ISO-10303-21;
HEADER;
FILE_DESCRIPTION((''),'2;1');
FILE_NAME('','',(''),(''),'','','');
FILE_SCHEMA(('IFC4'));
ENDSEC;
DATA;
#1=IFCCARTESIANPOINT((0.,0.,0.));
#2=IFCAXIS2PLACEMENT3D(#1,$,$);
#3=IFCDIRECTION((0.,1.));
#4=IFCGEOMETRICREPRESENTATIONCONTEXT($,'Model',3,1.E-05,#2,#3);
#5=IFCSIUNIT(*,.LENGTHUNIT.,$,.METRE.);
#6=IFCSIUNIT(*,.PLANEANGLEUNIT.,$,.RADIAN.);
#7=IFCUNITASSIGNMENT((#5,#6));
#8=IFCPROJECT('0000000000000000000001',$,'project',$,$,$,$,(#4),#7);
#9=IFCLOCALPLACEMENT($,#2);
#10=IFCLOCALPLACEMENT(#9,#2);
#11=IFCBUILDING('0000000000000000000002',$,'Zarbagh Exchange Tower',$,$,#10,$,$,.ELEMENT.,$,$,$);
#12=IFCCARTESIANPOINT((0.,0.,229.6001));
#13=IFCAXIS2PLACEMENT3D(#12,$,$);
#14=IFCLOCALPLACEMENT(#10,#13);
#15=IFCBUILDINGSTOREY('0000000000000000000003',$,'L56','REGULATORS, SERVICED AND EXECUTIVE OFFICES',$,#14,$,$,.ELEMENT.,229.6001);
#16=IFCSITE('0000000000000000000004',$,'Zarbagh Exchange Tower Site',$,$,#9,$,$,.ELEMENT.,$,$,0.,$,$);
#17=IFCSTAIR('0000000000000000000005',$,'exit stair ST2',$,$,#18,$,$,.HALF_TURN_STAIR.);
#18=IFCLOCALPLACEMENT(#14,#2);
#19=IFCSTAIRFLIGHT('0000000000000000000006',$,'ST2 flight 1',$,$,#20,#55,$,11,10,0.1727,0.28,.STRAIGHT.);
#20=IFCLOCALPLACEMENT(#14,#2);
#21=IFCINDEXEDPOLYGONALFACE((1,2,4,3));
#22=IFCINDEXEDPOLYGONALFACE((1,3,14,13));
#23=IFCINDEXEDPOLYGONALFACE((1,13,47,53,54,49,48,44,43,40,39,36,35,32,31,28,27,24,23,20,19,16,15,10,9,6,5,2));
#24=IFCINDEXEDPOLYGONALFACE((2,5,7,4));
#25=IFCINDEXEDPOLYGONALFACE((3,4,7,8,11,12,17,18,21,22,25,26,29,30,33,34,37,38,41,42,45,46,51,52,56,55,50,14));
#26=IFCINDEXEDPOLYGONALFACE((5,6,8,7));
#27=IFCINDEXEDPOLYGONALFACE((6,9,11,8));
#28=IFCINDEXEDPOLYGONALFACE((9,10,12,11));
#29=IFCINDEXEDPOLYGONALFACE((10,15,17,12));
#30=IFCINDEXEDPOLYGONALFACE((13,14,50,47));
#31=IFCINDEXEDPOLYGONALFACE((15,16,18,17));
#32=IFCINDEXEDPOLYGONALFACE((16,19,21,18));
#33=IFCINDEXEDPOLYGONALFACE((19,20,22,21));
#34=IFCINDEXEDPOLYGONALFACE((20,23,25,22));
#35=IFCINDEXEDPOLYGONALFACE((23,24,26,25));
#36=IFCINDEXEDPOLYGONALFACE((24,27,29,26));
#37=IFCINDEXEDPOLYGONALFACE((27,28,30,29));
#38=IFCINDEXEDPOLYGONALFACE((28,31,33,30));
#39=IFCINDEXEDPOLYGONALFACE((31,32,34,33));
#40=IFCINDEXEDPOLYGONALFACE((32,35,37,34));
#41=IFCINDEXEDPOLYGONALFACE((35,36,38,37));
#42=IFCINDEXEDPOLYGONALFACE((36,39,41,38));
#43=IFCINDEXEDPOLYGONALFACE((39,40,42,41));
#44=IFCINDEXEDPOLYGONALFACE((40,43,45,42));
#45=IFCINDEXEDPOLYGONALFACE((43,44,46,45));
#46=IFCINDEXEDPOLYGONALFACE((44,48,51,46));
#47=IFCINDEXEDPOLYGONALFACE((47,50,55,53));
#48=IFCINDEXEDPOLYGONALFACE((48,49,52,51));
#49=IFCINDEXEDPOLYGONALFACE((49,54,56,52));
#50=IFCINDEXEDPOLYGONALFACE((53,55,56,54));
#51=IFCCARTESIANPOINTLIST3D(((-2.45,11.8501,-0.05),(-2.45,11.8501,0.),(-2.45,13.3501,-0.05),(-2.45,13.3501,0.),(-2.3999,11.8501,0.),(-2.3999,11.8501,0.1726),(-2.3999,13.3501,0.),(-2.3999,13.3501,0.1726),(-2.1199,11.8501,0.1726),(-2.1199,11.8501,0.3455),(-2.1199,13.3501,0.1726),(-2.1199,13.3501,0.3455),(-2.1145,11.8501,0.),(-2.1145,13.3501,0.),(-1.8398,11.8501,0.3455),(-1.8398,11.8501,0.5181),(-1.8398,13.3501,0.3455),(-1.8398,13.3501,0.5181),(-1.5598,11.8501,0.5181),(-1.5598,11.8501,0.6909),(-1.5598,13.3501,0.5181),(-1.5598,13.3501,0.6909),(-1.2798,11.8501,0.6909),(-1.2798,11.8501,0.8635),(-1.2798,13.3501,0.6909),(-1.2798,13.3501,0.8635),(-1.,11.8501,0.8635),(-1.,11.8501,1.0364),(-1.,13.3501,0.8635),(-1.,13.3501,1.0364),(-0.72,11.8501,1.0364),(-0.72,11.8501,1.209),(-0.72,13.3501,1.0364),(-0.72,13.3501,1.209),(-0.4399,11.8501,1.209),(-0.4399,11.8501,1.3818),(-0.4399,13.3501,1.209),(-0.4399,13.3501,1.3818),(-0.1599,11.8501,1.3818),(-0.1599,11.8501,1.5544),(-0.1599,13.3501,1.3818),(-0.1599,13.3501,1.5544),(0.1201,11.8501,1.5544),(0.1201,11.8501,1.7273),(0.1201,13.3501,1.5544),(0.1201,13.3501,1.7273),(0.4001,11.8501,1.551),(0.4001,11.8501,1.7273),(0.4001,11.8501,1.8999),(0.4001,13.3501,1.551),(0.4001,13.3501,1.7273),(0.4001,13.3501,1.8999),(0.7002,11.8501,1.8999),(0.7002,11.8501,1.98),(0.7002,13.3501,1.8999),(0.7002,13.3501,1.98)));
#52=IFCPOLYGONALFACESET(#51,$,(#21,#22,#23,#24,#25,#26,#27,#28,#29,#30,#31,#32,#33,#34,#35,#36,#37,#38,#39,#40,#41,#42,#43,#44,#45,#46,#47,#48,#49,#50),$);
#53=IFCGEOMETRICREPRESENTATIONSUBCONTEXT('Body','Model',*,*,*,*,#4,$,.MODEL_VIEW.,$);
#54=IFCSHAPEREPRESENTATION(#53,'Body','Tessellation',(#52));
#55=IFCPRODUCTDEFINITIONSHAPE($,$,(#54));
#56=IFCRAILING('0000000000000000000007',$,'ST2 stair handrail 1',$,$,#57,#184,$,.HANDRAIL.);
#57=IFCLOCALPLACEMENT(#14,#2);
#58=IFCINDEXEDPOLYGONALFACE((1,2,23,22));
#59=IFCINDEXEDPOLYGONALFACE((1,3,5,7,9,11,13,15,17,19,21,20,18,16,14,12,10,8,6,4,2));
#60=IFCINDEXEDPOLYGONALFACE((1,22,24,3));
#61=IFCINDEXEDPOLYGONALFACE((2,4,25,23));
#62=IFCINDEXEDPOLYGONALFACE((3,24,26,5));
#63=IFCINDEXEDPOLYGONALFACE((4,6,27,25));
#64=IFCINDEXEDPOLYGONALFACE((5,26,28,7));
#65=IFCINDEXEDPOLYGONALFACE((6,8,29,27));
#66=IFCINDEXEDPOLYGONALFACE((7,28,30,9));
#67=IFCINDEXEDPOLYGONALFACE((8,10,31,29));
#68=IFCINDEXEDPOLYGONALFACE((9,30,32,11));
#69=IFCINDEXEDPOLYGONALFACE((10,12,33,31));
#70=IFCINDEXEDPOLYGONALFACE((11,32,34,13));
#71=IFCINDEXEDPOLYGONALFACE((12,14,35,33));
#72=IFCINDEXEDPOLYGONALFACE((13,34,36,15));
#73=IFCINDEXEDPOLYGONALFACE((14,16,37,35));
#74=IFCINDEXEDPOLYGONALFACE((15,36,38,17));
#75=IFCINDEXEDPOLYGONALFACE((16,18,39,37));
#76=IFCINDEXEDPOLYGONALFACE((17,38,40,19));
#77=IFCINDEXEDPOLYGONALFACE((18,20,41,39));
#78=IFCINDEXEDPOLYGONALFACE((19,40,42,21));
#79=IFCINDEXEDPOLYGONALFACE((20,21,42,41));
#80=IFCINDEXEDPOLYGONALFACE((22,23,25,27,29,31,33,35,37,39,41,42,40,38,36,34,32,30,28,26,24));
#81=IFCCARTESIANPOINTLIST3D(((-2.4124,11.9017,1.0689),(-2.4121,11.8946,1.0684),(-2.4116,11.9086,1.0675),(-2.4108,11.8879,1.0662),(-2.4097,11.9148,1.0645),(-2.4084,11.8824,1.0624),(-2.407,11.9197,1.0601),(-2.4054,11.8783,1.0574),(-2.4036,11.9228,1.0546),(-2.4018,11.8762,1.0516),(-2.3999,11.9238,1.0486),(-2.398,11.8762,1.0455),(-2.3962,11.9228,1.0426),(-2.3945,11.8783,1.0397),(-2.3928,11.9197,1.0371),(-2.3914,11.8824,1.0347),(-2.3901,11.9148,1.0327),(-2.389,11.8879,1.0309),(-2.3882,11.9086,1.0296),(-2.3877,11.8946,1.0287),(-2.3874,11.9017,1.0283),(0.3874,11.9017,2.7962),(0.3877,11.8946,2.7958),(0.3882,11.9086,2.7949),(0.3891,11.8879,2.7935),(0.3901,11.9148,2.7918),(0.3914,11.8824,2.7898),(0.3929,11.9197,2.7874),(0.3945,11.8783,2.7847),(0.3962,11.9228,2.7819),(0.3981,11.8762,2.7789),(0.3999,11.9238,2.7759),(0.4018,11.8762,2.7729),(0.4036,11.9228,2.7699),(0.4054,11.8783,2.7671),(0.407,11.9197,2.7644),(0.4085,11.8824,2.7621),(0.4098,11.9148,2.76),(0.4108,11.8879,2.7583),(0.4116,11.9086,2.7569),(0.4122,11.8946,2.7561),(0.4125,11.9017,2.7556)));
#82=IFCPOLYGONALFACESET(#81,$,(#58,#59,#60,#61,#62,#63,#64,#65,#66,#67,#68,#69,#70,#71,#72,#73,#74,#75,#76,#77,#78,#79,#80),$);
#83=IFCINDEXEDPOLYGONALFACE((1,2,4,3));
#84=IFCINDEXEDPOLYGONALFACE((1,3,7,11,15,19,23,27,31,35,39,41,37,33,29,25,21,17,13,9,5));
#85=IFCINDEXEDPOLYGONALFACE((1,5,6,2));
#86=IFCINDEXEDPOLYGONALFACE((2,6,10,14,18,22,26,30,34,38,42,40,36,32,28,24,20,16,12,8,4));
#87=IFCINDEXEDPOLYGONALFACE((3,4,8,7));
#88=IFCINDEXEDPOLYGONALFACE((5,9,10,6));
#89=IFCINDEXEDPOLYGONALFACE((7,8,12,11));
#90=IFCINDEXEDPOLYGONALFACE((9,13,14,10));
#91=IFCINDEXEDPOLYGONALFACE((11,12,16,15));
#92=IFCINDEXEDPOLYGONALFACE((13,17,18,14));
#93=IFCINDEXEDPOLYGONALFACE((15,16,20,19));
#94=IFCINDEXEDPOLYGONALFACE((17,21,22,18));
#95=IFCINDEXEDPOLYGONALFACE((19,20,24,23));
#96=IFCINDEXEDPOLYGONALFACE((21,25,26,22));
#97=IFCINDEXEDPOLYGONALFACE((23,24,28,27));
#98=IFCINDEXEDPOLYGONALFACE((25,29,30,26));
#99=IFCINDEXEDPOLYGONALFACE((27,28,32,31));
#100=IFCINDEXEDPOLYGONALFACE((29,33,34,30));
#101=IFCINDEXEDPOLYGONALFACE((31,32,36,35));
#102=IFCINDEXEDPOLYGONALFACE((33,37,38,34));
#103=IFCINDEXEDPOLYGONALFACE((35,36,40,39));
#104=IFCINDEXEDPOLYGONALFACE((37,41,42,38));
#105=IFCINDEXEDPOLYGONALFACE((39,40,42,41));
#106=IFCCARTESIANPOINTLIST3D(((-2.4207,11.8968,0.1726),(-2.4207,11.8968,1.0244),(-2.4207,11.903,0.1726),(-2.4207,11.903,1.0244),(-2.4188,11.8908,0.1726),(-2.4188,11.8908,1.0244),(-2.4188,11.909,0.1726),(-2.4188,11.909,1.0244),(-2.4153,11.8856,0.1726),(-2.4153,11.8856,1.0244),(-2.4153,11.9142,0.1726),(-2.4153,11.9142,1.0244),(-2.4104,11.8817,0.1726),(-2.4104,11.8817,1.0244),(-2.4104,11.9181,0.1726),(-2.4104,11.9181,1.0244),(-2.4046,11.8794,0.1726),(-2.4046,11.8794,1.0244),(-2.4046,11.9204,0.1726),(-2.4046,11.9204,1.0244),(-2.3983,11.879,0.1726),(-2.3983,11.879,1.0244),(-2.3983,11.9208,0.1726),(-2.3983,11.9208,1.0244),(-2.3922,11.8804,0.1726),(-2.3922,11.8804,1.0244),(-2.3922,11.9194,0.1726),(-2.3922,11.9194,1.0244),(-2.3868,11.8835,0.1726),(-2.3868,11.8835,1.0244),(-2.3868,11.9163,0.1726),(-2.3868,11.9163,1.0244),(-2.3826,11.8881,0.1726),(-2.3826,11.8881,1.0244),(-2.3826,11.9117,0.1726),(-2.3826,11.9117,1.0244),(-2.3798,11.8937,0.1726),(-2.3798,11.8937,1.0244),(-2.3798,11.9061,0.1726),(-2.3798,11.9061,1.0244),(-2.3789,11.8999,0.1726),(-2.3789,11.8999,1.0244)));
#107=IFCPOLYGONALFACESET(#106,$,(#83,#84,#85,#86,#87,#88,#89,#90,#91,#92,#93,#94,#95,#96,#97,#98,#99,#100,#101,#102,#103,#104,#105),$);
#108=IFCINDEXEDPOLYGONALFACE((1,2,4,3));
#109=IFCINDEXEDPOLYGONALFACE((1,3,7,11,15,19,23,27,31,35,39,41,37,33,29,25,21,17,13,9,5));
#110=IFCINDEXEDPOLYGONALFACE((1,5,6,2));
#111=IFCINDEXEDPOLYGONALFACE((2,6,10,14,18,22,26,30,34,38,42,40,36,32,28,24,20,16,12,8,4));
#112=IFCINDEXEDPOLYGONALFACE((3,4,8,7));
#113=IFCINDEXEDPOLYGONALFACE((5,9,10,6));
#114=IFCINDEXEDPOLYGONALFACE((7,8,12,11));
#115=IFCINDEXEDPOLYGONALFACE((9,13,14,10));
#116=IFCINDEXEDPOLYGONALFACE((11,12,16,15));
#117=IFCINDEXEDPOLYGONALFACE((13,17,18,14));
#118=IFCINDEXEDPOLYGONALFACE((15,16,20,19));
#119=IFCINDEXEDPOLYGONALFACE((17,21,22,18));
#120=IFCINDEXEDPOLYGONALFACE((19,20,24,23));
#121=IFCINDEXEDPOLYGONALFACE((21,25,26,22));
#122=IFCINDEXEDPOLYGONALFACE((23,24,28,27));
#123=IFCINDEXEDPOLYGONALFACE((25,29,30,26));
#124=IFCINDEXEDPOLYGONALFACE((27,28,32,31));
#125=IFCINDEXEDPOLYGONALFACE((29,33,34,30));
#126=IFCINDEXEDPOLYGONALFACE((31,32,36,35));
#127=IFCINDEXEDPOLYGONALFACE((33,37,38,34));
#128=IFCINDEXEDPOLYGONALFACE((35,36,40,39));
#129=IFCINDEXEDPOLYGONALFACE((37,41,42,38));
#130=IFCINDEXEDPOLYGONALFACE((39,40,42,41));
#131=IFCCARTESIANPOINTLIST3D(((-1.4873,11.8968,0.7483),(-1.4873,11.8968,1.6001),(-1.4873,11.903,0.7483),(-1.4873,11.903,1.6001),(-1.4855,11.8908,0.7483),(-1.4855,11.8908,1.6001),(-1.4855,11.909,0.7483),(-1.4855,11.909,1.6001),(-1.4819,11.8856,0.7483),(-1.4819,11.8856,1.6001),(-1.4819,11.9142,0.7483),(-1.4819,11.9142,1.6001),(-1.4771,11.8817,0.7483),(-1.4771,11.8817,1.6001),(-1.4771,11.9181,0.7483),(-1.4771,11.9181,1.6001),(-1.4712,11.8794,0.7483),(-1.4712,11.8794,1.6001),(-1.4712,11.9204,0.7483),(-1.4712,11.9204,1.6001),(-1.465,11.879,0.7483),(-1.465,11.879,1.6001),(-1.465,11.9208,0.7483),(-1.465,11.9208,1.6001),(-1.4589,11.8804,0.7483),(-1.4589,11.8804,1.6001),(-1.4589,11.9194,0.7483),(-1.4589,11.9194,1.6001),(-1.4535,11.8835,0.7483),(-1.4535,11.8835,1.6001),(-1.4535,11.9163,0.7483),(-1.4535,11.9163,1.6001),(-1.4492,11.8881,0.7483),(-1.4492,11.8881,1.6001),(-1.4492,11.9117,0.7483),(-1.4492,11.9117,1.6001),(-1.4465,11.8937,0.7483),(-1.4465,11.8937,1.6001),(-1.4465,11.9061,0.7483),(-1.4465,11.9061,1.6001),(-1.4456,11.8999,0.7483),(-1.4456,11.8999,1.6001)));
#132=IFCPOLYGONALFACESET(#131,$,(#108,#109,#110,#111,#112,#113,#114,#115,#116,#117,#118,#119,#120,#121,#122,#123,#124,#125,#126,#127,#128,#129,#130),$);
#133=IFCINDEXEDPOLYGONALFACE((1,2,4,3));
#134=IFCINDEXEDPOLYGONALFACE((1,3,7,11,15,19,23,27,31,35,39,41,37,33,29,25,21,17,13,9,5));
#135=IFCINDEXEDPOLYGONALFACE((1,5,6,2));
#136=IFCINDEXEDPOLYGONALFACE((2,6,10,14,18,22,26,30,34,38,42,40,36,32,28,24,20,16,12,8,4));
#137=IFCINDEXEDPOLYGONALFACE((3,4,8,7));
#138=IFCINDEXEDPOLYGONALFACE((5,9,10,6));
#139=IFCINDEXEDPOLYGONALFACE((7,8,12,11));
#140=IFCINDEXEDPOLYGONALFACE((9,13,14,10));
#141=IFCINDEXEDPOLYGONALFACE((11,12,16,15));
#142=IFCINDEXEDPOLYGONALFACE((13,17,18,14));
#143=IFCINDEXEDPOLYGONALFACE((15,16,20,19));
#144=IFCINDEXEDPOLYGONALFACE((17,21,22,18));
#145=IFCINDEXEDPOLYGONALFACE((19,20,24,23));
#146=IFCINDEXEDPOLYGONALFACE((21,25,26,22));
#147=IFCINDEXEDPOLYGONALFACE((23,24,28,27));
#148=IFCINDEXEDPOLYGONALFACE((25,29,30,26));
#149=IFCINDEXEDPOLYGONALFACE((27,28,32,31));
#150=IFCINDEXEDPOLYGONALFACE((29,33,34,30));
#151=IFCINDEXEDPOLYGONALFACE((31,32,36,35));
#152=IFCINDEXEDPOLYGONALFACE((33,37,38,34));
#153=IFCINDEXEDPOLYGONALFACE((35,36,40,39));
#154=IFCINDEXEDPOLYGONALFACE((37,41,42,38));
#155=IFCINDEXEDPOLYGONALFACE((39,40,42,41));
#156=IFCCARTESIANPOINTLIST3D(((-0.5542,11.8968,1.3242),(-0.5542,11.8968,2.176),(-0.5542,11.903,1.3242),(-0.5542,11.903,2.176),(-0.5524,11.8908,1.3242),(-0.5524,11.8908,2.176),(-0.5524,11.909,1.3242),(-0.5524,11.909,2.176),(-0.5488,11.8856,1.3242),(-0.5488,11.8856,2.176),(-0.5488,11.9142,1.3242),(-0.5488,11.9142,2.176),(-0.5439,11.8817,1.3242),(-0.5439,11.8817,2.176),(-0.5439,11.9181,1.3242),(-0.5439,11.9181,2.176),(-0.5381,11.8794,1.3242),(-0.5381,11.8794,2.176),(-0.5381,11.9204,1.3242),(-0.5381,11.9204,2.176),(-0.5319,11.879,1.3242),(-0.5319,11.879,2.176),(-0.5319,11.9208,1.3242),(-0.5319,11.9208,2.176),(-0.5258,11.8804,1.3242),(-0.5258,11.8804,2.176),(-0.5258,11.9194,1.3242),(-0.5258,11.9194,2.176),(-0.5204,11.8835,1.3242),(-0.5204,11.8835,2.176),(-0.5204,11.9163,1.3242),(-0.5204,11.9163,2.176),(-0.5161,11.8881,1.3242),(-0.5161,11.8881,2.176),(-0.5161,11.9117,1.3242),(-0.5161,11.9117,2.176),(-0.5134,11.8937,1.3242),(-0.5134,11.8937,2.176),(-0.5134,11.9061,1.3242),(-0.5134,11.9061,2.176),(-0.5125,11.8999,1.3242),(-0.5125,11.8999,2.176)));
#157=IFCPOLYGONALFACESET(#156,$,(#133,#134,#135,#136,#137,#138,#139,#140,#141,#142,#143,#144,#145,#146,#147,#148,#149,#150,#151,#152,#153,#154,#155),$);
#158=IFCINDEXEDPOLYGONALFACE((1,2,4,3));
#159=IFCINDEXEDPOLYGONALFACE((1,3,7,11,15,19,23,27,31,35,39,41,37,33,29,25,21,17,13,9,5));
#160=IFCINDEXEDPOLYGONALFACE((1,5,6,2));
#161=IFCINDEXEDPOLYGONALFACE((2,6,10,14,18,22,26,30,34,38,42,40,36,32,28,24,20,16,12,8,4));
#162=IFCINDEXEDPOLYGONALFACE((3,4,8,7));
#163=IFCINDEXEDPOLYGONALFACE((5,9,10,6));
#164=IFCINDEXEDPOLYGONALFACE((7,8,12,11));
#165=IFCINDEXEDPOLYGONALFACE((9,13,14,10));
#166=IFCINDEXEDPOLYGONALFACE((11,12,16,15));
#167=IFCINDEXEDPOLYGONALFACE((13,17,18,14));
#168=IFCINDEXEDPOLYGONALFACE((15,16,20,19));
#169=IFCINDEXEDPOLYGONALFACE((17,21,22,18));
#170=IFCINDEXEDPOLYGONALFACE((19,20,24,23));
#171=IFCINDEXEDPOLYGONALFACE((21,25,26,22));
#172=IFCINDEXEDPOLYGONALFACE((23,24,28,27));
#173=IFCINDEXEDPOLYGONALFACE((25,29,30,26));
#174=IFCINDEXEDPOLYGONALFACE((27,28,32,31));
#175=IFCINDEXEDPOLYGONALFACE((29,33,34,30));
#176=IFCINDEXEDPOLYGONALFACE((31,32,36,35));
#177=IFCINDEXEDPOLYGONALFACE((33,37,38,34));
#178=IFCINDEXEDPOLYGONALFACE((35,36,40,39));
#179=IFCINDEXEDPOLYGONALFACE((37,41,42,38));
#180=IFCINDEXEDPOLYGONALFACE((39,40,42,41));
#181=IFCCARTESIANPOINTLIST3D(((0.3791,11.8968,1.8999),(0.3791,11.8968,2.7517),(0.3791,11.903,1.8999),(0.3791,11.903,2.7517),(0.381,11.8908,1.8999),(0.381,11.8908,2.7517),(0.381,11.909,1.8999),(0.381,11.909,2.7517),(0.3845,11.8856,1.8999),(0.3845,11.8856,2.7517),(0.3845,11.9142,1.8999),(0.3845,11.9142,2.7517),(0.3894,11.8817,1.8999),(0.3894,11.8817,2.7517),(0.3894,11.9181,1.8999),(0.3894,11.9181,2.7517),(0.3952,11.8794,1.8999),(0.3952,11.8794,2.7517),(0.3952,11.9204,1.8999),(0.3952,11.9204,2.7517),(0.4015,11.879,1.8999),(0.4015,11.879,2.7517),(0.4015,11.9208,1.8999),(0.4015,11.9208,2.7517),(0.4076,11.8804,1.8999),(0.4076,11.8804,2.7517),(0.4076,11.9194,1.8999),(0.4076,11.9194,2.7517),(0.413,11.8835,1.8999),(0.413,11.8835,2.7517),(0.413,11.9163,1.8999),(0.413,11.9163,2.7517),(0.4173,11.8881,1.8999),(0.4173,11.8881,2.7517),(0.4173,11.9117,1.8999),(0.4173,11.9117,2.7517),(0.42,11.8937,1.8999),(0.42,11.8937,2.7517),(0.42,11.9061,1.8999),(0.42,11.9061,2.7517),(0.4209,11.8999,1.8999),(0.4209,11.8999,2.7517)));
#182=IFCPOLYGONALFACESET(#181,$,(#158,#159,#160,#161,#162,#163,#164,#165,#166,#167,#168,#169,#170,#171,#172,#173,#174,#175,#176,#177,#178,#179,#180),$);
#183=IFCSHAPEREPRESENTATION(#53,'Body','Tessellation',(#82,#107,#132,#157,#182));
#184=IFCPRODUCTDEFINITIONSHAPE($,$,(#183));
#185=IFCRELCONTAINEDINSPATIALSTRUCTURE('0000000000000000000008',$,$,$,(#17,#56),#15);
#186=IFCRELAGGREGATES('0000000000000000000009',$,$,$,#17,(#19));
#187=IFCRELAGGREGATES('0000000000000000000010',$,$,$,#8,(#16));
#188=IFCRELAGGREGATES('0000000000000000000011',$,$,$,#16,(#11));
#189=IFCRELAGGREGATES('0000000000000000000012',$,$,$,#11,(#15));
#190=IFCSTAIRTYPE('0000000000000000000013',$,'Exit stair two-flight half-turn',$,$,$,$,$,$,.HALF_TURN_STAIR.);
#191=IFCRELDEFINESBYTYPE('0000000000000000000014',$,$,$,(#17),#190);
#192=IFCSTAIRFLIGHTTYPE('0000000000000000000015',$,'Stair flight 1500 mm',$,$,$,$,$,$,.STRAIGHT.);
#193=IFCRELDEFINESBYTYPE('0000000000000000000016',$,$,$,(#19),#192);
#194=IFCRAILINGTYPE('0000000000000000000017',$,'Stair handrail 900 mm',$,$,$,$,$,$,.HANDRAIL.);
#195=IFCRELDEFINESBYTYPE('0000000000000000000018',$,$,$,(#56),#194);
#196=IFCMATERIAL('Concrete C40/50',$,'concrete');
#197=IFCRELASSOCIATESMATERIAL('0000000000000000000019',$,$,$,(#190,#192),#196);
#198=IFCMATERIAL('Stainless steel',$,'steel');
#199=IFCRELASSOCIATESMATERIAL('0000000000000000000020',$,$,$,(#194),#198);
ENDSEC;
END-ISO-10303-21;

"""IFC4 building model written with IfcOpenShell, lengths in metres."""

from ifc_helpers import new_model, si_unit, direction, frame, origin, origin_2d, place, context, subcontext, project, spatial, polyline, circle, outline, extrude, material, type_object, element, aggregate, save


model = new_model("IFC4")

# Units and contexts
model_context = context("Model", 3, precision=1e-05, world=origin(), true_north=direction((0.0, 1.0)))
body_context = subcontext(model_context, "Body", "Model", "MODEL_VIEW")
ifc_project = project(units=[si_unit("LENGTHUNIT", "METRE"), si_unit("PLANEANGLEUNIT", "RADIAN")], contexts=[model_context])

# Site, building, storey
site_placement = place(None, origin())
site = spatial("IfcSite", under=ifc_project, at=site_placement, Name="Zarbagh Exchange Tower Site", CompositionType="ELEMENT", RefElevation=0.0)
building_placement = place(site_placement, origin())
building = spatial("IfcBuilding", under=site, at=building_placement, Name="Zarbagh Exchange Tower", CompositionType="ELEMENT")
storey_placement = place(building_placement, frame((0.0, 0.0, 229.6001)))
storey = spatial("IfcBuildingStorey", under=building, at=storey_placement, Name="L56", Description="REGULATORS, SERVICED AND EXECUTIVE OFFICES", CompositionType="ELEMENT", Elevation=229.6001)

# Shared definitions
ifc_material_1 = material(Name="Concrete C40/50", Category="concrete")

# Stair, stair flight
stair_type = type_object("IfcStairType", Name="Exit stair two-flight half-turn", PredefinedType="HALF_TURN_STAIR", material=ifc_material_1)
stair_placement = place(storey_placement, origin())
stair = element("IfcStair", 1, at=stair_placement, inside=storey, type_object=stair_type, Name="exit stair ST2", PredefinedType="HALF_TURN_STAIR")
stair_flight_type = type_object("IfcStairFlightType", Name="Stair flight 1500 mm", PredefinedType="STRAIGHT", material=ifc_material_1)
stair_flight_placement = place(storey_placement, frame((-2.3999, 12.6001, 0.0), z_axis=(0.0, 0.0, 1.0), x_axis=(1.0, 0.0, 0.0)))
stair_flight = element("IfcStairFlight", 2, at=stair_flight_placement, type_object=stair_flight_type, Name="ST2 flight 1", NumberOfRisers=11, NumberOfTreads=10, PredefinedType="STRAIGHT", RiserHeight=0.1727, TreadLength=0.28, context=body_context, shape_type="SweptSolid", body=[
    extrude(outline(polyline([(-0.05, -0.05), (-0.05, 0.0), (0.0, 0.0), (0.0, 0.1726), (0.28, 0.1726), (0.28, 0.3455), (0.5601, 0.3455), (0.5601, 0.5181), (0.8401, 0.5181), (0.8401, 0.6909), (1.1201, 0.6909), (1.1201, 0.8635), (1.3999, 0.8635), (1.3999, 1.0364), (1.6799, 1.0364), (1.6799, 1.209), (1.96, 1.209), (1.96, 1.3818), (2.24, 1.3818), (2.24, 1.5544), (2.52, 1.5544), (2.52, 1.7273), (2.8, 1.7273), (2.8, 1.8999), (3.1001, 1.98), (3.1001, 1.8999), (2.8, 1.551), (0.2854, 0.0), (-0.05, -0.05)])), frame((0.0, 0.75, 0.0), z_axis=(0.0, -1.0, 0.0), x_axis=(1.0, 0.0, 0.0)), (0.0, 0.0, 1.0), 1.5),
])
aggregate(stair, [stair_flight])

# Railing
ifc_material_2 = material(Name="Stainless steel", Category="steel")
railing_type_1 = type_object("IfcRailingType", Name="Stair handrail 900 mm", PredefinedType="HANDRAIL", material=ifc_material_2)
railing_1_placement = place(storey_placement, frame((-2.3999, 11.8999, 0.1726)))
element("IfcRailing", 3, at=railing_1_placement, inside=storey, type_object=railing_type_1, Name="ST2 stair handrail 1", PredefinedType="HANDRAIL", context=body_context, shape_type="SweptSolid", body=[
    extrude(circle(Radius=0.0239, at=origin_2d()), frame((0.0, 0.0, 0.876), z_axis=(0.851069, 0.0, 0.525054), x_axis=(0.0, 1.0, 0.0)), (0.0, 0.0, 1.0), 3.2898),
    extrude(circle(Radius=0.021, at=origin_2d()), origin(), (0.0, 0.0, 1.0), 0.8518),
    extrude(circle(Radius=0.021, at=origin_2d()), frame((0.9333, 0.0, 0.5757)), (0.0, 0.0, 1.0), 0.8518),
    extrude(circle(Radius=0.021, at=origin_2d()), frame((1.8665, 0.0, 1.1516)), (0.0, 0.0, 1.0), 0.8518),
    extrude(circle(Radius=0.021, at=origin_2d()), frame((2.7998, 0.0, 1.7273)), (0.0, 0.0, 1.0), 0.8518),
])

save(model, "model.ifc")
